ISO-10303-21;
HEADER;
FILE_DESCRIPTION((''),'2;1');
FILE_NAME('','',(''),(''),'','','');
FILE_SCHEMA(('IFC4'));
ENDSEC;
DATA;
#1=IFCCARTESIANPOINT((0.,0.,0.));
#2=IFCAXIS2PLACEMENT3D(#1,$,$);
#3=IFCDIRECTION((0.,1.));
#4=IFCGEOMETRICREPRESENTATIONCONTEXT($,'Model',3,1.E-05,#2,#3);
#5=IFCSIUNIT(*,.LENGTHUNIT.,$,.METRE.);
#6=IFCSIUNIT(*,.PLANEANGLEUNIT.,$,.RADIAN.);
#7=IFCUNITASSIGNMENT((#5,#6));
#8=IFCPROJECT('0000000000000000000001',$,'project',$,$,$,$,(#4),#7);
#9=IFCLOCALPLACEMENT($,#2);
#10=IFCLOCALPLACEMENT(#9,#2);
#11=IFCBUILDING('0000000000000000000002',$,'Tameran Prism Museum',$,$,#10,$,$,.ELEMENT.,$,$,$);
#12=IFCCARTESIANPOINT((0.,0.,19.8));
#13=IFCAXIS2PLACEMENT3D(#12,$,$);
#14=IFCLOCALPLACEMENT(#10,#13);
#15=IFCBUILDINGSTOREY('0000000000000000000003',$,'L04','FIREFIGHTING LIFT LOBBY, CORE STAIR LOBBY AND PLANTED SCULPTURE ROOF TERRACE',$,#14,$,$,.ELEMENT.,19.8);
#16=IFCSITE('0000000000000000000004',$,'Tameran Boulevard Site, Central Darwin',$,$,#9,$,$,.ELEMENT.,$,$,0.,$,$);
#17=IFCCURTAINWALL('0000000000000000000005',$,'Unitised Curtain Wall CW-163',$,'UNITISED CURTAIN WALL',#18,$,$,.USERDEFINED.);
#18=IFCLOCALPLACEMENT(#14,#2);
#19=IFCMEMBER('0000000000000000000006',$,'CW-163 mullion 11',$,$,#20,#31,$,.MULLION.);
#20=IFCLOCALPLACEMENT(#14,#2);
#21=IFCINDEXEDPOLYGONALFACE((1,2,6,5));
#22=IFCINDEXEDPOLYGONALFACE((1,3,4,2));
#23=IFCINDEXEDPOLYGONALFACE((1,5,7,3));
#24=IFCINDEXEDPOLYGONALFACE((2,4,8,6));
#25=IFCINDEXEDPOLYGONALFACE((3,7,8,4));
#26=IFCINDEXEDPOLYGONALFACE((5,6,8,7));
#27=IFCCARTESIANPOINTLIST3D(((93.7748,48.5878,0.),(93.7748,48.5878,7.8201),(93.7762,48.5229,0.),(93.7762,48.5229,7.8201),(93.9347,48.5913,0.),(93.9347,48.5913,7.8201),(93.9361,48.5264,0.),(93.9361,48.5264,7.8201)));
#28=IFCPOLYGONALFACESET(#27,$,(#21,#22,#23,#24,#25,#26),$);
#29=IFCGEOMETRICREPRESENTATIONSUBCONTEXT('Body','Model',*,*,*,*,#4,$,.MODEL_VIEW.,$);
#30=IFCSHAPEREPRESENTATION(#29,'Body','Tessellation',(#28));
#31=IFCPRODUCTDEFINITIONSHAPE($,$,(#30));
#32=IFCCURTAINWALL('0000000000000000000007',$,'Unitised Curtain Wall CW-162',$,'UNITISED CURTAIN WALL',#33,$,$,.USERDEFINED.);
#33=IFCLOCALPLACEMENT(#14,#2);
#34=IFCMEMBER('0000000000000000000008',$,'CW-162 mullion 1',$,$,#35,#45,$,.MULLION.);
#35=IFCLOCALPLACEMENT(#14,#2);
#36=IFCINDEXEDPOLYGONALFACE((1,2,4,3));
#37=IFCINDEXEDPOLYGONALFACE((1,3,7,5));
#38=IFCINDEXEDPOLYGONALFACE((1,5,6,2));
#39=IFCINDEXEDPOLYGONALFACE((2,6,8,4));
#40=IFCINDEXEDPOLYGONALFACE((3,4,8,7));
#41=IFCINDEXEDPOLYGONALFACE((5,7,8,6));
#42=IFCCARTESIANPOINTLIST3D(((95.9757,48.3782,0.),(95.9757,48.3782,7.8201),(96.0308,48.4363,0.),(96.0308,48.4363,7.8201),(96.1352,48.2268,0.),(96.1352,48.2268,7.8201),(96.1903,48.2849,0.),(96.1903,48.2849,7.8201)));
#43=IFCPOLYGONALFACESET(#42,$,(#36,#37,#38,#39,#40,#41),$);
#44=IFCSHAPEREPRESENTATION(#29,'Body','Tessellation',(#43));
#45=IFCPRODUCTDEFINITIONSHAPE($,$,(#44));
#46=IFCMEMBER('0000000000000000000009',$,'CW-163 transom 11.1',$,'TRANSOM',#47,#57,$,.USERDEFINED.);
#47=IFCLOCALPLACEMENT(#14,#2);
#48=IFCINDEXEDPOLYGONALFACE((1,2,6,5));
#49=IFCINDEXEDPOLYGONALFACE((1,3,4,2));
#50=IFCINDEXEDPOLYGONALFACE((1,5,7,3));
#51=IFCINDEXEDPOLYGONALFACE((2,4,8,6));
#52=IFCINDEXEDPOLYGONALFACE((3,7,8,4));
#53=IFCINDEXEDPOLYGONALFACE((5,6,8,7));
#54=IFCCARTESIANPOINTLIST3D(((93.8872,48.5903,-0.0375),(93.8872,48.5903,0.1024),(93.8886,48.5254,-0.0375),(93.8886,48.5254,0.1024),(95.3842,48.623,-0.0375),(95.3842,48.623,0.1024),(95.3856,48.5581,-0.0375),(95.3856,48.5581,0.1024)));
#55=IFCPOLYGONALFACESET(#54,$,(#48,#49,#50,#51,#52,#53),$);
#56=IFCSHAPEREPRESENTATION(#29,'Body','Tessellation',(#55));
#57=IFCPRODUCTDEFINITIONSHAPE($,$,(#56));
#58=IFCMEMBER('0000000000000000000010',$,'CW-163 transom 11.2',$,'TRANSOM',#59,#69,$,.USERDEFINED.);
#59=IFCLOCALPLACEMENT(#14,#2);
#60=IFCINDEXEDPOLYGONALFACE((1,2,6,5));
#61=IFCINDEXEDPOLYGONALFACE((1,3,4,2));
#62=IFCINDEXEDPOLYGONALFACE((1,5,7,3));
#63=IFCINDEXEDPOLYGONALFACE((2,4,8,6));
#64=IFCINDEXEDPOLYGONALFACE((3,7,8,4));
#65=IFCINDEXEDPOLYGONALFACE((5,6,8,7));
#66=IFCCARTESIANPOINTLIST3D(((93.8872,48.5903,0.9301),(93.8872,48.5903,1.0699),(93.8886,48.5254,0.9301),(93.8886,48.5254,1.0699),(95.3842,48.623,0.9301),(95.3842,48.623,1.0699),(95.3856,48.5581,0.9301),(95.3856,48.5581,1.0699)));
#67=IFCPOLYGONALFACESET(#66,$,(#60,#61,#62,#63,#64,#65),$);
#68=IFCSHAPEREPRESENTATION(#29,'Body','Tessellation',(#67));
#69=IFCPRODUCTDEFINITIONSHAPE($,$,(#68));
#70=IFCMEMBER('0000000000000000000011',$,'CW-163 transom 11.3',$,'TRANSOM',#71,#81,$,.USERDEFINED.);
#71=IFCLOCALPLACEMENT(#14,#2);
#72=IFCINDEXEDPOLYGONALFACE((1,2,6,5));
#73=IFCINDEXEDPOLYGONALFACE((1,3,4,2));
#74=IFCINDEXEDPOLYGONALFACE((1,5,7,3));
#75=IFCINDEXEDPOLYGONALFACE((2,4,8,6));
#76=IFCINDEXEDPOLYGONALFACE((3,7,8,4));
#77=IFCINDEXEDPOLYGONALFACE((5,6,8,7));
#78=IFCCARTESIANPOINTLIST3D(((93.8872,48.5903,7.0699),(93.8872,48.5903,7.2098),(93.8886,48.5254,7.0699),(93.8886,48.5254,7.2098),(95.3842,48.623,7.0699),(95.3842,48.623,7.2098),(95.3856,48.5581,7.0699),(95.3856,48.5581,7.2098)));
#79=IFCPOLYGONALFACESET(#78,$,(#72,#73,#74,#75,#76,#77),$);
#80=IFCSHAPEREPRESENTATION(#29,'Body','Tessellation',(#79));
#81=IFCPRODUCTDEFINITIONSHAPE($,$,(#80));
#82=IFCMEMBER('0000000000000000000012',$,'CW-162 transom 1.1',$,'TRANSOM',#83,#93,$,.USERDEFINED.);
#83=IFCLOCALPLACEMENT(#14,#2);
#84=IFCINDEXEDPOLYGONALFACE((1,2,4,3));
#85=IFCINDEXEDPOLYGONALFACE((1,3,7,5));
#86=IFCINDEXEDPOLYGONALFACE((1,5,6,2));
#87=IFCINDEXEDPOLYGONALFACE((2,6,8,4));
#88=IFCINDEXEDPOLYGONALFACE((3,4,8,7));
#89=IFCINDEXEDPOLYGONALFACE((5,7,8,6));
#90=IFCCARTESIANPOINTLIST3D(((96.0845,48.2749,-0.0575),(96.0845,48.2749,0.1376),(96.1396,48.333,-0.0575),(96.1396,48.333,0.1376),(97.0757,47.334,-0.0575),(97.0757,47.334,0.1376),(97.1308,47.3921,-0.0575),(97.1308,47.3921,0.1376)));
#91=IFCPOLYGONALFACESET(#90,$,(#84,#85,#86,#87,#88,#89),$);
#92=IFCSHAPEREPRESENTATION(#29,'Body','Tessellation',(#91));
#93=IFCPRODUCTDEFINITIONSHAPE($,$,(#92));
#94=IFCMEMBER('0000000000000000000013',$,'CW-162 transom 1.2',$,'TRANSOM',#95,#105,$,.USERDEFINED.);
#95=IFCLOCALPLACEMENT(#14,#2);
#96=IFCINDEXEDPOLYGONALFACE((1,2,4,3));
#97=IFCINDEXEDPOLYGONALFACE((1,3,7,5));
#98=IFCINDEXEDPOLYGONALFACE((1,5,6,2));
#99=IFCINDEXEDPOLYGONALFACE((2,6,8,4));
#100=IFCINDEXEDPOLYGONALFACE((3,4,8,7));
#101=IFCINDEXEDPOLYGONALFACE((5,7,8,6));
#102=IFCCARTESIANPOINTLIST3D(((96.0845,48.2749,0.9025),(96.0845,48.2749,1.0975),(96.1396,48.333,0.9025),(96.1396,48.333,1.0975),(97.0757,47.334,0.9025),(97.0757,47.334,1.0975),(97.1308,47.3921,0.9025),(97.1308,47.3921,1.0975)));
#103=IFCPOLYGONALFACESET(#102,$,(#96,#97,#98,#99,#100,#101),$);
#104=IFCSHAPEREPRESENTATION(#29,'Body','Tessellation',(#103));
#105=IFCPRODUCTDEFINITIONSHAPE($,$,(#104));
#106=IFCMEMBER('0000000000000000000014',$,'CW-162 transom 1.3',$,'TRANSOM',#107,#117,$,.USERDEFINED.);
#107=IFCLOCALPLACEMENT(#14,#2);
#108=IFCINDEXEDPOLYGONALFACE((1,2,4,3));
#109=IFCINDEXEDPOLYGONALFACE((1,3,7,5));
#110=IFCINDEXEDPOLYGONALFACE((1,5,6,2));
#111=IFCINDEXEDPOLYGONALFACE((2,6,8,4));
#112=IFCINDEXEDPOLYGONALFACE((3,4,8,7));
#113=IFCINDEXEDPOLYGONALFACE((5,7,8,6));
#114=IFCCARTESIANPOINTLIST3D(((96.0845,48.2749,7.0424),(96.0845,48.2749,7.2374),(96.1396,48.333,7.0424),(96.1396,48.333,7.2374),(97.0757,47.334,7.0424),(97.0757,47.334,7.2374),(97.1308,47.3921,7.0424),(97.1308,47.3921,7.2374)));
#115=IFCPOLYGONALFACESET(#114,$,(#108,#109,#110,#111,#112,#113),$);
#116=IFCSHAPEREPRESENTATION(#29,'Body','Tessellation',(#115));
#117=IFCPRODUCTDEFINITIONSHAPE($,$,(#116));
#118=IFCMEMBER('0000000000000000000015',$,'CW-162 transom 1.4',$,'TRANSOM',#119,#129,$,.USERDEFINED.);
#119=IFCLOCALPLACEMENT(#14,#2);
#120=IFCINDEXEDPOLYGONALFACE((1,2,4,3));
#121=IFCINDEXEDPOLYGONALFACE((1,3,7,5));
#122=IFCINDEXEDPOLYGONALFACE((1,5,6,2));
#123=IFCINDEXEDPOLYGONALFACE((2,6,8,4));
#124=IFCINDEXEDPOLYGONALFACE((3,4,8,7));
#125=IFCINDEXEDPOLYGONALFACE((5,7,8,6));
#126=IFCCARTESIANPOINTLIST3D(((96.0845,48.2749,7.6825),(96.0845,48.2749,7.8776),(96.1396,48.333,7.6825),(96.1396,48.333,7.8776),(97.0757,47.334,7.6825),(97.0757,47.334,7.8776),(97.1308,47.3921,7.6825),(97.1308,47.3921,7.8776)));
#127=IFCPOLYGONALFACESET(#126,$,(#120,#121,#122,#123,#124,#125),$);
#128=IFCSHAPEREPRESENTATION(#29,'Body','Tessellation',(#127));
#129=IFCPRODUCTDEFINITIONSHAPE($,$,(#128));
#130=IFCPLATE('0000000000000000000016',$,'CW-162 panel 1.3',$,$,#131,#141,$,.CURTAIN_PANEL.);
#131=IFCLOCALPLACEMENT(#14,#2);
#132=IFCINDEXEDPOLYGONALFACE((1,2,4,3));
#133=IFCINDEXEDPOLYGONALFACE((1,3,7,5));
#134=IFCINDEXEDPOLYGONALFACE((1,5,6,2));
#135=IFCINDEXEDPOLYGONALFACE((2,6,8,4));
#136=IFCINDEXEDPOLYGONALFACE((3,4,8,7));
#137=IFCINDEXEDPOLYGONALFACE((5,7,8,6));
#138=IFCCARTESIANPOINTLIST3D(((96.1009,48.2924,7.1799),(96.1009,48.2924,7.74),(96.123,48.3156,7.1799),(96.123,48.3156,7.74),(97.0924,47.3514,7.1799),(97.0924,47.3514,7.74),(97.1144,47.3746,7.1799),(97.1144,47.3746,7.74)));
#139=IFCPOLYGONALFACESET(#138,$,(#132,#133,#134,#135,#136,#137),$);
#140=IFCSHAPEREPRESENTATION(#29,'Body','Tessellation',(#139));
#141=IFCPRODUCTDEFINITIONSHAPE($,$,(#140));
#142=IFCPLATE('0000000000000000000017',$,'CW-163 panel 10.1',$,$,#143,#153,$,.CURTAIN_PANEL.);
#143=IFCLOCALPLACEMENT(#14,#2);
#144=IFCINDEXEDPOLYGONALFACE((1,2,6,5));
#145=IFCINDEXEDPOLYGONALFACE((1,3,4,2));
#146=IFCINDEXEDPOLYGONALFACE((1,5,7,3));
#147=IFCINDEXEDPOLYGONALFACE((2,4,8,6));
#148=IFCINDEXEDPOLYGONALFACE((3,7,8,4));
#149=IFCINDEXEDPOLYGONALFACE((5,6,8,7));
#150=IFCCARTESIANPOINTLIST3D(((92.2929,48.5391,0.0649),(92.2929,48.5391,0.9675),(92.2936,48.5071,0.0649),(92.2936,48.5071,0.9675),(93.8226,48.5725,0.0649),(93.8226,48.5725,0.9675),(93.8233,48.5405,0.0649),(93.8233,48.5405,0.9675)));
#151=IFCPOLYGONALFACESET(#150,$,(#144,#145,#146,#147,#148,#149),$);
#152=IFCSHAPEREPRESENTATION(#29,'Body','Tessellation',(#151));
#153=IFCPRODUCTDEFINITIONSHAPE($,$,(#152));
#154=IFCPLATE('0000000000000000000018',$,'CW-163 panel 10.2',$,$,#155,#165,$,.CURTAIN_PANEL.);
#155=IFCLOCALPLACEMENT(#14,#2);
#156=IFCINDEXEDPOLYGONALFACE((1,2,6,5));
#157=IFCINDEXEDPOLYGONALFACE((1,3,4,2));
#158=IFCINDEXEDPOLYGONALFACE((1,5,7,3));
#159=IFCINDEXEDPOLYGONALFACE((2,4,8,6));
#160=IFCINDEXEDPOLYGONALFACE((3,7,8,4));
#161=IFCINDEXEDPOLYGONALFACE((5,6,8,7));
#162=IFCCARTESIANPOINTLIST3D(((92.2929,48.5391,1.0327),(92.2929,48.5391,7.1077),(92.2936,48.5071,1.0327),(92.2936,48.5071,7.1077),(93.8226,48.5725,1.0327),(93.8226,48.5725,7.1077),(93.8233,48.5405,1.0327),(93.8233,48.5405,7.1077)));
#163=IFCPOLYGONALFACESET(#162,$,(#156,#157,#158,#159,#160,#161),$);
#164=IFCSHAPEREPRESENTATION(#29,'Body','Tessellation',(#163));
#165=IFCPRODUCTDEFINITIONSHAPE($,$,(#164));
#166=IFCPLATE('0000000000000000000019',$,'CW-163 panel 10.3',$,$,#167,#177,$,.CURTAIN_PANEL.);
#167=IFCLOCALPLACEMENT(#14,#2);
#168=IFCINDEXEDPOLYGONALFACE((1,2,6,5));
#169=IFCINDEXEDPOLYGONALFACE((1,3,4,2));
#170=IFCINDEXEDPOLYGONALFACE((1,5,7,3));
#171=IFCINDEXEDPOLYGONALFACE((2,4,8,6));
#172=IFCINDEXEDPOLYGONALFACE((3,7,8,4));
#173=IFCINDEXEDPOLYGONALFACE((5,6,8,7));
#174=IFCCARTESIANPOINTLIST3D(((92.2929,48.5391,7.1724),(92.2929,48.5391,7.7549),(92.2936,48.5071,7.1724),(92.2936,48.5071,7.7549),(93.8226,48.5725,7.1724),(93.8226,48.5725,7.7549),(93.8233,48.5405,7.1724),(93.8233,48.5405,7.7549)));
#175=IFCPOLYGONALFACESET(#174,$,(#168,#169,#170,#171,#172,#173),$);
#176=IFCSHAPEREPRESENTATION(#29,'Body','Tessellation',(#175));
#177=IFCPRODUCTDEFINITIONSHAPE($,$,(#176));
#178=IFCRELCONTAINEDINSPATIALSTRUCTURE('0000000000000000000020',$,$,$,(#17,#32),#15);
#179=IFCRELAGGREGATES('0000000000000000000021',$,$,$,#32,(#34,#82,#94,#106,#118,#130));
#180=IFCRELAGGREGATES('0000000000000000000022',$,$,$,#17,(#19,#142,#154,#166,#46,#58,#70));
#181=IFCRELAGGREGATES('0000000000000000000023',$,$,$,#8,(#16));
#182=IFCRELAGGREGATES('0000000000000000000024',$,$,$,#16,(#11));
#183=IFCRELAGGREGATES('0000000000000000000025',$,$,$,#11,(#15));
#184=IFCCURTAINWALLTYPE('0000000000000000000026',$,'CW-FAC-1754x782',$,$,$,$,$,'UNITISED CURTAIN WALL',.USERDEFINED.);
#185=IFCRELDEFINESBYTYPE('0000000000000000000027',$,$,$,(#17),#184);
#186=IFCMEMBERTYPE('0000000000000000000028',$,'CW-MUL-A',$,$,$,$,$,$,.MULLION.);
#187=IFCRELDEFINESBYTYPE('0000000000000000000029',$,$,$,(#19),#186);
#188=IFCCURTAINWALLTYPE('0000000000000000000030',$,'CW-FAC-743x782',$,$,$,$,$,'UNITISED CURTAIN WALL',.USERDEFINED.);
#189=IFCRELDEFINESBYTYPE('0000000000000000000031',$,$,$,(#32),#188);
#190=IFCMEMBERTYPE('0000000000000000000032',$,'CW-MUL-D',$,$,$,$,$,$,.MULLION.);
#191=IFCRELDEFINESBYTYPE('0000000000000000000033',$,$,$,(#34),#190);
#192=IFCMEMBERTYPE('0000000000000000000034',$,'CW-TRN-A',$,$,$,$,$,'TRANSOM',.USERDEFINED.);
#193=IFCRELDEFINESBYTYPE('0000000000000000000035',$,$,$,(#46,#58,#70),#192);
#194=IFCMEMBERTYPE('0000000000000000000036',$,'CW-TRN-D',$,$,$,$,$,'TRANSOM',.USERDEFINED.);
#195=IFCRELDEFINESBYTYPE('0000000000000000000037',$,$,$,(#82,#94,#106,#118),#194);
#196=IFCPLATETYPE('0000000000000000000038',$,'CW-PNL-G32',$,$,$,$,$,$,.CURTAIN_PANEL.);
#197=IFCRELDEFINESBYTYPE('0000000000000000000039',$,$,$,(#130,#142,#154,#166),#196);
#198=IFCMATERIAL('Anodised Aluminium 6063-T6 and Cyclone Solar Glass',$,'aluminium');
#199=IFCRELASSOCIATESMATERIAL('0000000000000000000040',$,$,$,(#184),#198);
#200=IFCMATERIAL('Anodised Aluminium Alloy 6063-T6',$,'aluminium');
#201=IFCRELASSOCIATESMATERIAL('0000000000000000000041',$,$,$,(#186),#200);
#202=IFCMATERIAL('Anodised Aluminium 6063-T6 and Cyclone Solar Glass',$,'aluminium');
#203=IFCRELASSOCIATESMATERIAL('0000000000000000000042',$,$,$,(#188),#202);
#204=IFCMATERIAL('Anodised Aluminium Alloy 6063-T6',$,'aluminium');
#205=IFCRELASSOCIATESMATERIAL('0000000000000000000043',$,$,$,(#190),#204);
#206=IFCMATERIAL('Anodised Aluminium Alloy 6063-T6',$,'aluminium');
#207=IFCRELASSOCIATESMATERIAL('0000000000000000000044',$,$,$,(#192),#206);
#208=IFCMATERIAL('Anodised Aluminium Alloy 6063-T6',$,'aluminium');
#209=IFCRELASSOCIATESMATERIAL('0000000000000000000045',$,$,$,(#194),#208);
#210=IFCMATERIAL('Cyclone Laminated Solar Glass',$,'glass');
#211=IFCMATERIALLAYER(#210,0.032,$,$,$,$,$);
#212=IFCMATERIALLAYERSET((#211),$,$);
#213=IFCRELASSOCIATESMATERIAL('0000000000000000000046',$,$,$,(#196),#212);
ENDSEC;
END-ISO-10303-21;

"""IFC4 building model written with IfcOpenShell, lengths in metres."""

from ifc_helpers import new_model, si_unit, direction, frame, origin, origin_2d, place, context, subcontext, project, spatial, rectangle, extrude, material, layer, layer_set, material_profile, profile_set, type_object, element, aggregate, save


model = new_model("IFC4")

# Units and contexts
model_context = context("Model", 3, precision=1e-05, world=origin(), true_north=direction((0.0, 1.0)))
body_context = subcontext(model_context, "Body", "Model", "MODEL_VIEW")
ifc_project = project(units=[si_unit("LENGTHUNIT", "METRE"), si_unit("PLANEANGLEUNIT", "RADIAN")], contexts=[model_context])

# Site, building, storey
site_placement = place(None, origin())
site = spatial("IfcSite", under=ifc_project, at=site_placement, Name="Tameran Boulevard Site, Central Darwin", CompositionType="ELEMENT", RefElevation=0.0)
building_placement = place(site_placement, origin())
building = spatial("IfcBuilding", under=site, at=building_placement, Name="Tameran Prism Museum", CompositionType="ELEMENT")
storey_placement = place(building_placement, frame((0.0, 0.0, 19.8)))
storey = spatial("IfcBuildingStorey", under=building, at=storey_placement, Name="L04", Description="FIREFIGHTING LIFT LOBBY, CORE STAIR LOBBY AND PLANTED SCULPTURE ROOF TERRACE", CompositionType="ELEMENT", Elevation=19.8)

# Curtain walls, members
ifc_material_1 = material(Name="Anodised Aluminium 6063-T6 and Cyclone Solar Glass", Category="aluminium")
curtain_wall_type_1 = type_object("IfcCurtainWallType", Name="CW-FAC-1754x782", ElementType="UNITISED CURTAIN WALL", PredefinedType="USERDEFINED", material=ifc_material_1)
curtain_wall_1_placement = place(storey_placement, origin())
curtain_wall_1 = element("IfcCurtainWall", 1, at=curtain_wall_1_placement, inside=storey, type_object=curtain_wall_type_1, Name="Unitised Curtain Wall CW-163", ObjectType="UNITISED CURTAIN WALL", PredefinedType="USERDEFINED")
ifc_material_2 = material(Name="Anodised Aluminium Alloy 6063-T6", Category="aluminium")
ifc_material_profile_1 = material_profile(ifc_material_2, rectangle(XDim=0.0649, YDim=0.1599, at=origin_2d()))
ifc_profile_set_1 = profile_set([ifc_material_profile_1])
member_type_1 = type_object("IfcMemberType", Name="CW-MUL-A", PredefinedType="MULLION", material=ifc_profile_set_1)
member_1_placement = place(storey_placement, frame((93.8555, 48.5571, 0.0), z_axis=(0.0, 0.0, 1.0), x_axis=(-0.021831, 0.999762, 0.0)))
member_1 = element("IfcMember", 2, at=member_1_placement, type_object=member_type_1, Name="CW-163 mullion 11", PredefinedType="MULLION", context=body_context, shape_type="SweptSolid", body=[
    extrude(rectangle(XDim=0.0649, YDim=0.1599, at=origin_2d()), origin(), (0.0, 0.0, 1.0), 7.8201),
])
ifc_material_3 = material(Name="Anodised Aluminium 6063-T6 and Cyclone Solar Glass", Category="aluminium")
curtain_wall_type_2 = type_object("IfcCurtainWallType", Name="CW-FAC-743x782", ElementType="UNITISED CURTAIN WALL", PredefinedType="USERDEFINED", material=ifc_material_3)
curtain_wall_2_placement = place(storey_placement, origin())
curtain_wall_2 = element("IfcCurtainWall", 3, at=curtain_wall_2_placement, inside=storey, type_object=curtain_wall_type_2, Name="Unitised Curtain Wall CW-162", ObjectType="UNITISED CURTAIN WALL", PredefinedType="USERDEFINED")
ifc_material_4 = material(Name="Anodised Aluminium Alloy 6063-T6", Category="aluminium")
ifc_material_profile_2 = material_profile(ifc_material_4, rectangle(XDim=0.0801, YDim=0.22, at=origin_2d()))
ifc_profile_set_2 = profile_set([ifc_material_profile_2])
member_type_2 = type_object("IfcMemberType", Name="CW-MUL-D", PredefinedType="MULLION", material=ifc_profile_set_2)
member_2_placement = place(storey_placement, frame((96.083, 48.3315, 0.0), z_axis=(0.0, 0.0, 1.0), x_axis=(0.688438, 0.725295, 0.0)))
member_2 = element("IfcMember", 4, at=member_2_placement, type_object=member_type_2, Name="CW-162 mullion 1", PredefinedType="MULLION", context=body_context, shape_type="SweptSolid", body=[
    extrude(rectangle(XDim=0.0801, YDim=0.22, at=origin_2d()), origin(), (0.0, 0.0, 1.0), 7.8201),
])

# Members
ifc_material_5 = material(Name="Anodised Aluminium Alloy 6063-T6", Category="aluminium")
ifc_material_profile_3 = material_profile(ifc_material_5, rectangle(XDim=0.0649, YDim=0.1399, at=origin_2d()))
ifc_profile_set_3 = profile_set([ifc_material_profile_3])
member_type_3 = type_object("IfcMemberType", Name="CW-TRN-A", ElementType="TRANSOM", PredefinedType="USERDEFINED", material=ifc_profile_set_3)
member_3_placement = place(storey_placement, frame((93.8879, 48.5579, 0.0325), z_axis=(0.999761, 0.021847, 0.0), x_axis=(-0.021847, 0.999761, 0.0)))
member_3 = element("IfcMember", 5, at=member_3_placement, type_object=member_type_3, Name="CW-163 transom 11.1", ObjectType="TRANSOM", PredefinedType="USERDEFINED", context=body_context, shape_type="SweptSolid", body=[
    extrude(rectangle(XDim=0.0649, YDim=0.1399, at=origin_2d()), origin(), (0.0, 0.0, 1.0), 1.4973),
])
member_4_placement = place(storey_placement, frame((93.8879, 48.5579, 1.0), z_axis=(0.999761, 0.021847, 0.0), x_axis=(-0.021847, 0.999761, 0.0)))
member_4 = element("IfcMember", 6, at=member_4_placement, type_object=member_type_3, Name="CW-163 transom 11.2", ObjectType="TRANSOM", PredefinedType="USERDEFINED", context=body_context, shape_type="SweptSolid", body=[
    extrude(rectangle(XDim=0.0649, YDim=0.1399, at=origin_2d()), origin(), (0.0, 0.0, 1.0), 1.4973),
])
member_5_placement = place(storey_placement, frame((93.8879, 48.5579, 7.1399), z_axis=(0.999761, 0.021847, 0.0), x_axis=(-0.021847, 0.999761, 0.0)))
member_5 = element("IfcMember", 7, at=member_5_placement, type_object=member_type_3, Name="CW-163 transom 11.3", ObjectType="TRANSOM", PredefinedType="USERDEFINED", context=body_context, shape_type="SweptSolid", body=[
    extrude(rectangle(XDim=0.0649, YDim=0.1399, at=origin_2d()), origin(), (0.0, 0.0, 1.0), 1.4973),
])
ifc_material_6 = material(Name="Anodised Aluminium Alloy 6063-T6", Category="aluminium")
ifc_material_profile_4 = material_profile(ifc_material_6, rectangle(XDim=0.0801, YDim=0.1951, at=origin_2d()))
ifc_profile_set_4 = profile_set([ifc_material_profile_4])
member_type_4 = type_object("IfcMemberType", Name="CW-TRN-D", ElementType="TRANSOM", PredefinedType="USERDEFINED", material=ifc_profile_set_4)
member_6_placement = place(storey_placement, frame((96.1121, 48.304, 0.04), z_axis=(0.725267, -0.688468, 0.0), x_axis=(0.688468, 0.725267, 0.0)))
member_6 = element("IfcMember", 8, at=member_6_placement, type_object=member_type_4, Name="CW-162 transom 1.1", ObjectType="TRANSOM", PredefinedType="USERDEFINED", context=body_context, shape_type="SweptSolid", body=[
    extrude(rectangle(XDim=0.0801, YDim=0.1951, at=origin_2d()), origin(), (0.0, 0.0, 1.0), 1.3667),
])
member_7_placement = place(storey_placement, frame((96.1121, 48.304, 1.0), z_axis=(0.725267, -0.688468, 0.0), x_axis=(0.688468, 0.725267, 0.0)))
member_7 = element("IfcMember", 9, at=member_7_placement, type_object=member_type_4, Name="CW-162 transom 1.2", ObjectType="TRANSOM", PredefinedType="USERDEFINED", context=body_context, shape_type="SweptSolid", body=[
    extrude(rectangle(XDim=0.0801, YDim=0.1951, at=origin_2d()), origin(), (0.0, 0.0, 1.0), 1.3667),
])
member_8_placement = place(storey_placement, frame((96.1121, 48.304, 7.1399), z_axis=(0.725267, -0.688468, 0.0), x_axis=(0.688468, 0.725267, 0.0)))
member_8 = element("IfcMember", 10, at=member_8_placement, type_object=member_type_4, Name="CW-162 transom 1.3", ObjectType="TRANSOM", PredefinedType="USERDEFINED", context=body_context, shape_type="SweptSolid", body=[
    extrude(rectangle(XDim=0.0801, YDim=0.1951, at=origin_2d()), origin(), (0.0, 0.0, 1.0), 1.3667),
])
member_9_placement = place(storey_placement, frame((96.1121, 48.304, 7.78), z_axis=(0.725267, -0.688468, 0.0), x_axis=(0.688468, 0.725267, 0.0)))
member_9 = element("IfcMember", 11, at=member_9_placement, type_object=member_type_4, Name="CW-162 transom 1.4", ObjectType="TRANSOM", PredefinedType="USERDEFINED", context=body_context, shape_type="SweptSolid", body=[
    extrude(rectangle(XDim=0.0801, YDim=0.1951, at=origin_2d()), origin(), (0.0, 0.0, 1.0), 1.3667),
])

# Plates
ifc_material_7 = material(Name="Cyclone Laminated Solar Glass", Category="glass")
ifc_layer = layer(ifc_material_7, 0.032)
ifc_layer_set = layer_set([ifc_layer])
plate_type = type_object("IfcPlateType", Name="CW-PNL-G32", PredefinedType="CURTAIN_PANEL", material=ifc_layer_set)
plate_1_placement = place(storey_placement, frame((96.6077, 47.8335, 7.1799), z_axis=(0.0, 0.0, 1.0), x_axis=(0.725295, -0.688438, 0.0)))
plate_1 = element("IfcPlate", 12, at=plate_1_placement, type_object=plate_type, Name="CW-162 panel 1.3", PredefinedType="CURTAIN_PANEL", context=body_context, shape_type="SweptSolid", body=[
    extrude(rectangle(XDim=1.3669, YDim=0.032, at=origin_2d()), origin(), (0.0, 0.0, 1.0), 0.5601),
])
aggregate(curtain_wall_2, [member_2, member_6, member_7, member_8, member_9, plate_1])
plate_2_placement = place(storey_placement, frame((93.0581, 48.5398, 0.0649), z_axis=(0.0, 0.0, 1.0), x_axis=(0.999762, 0.021831, 0.0)))
plate_2 = element("IfcPlate", 13, at=plate_2_placement, type_object=plate_type, Name="CW-163 panel 10.1", PredefinedType="CURTAIN_PANEL", context=body_context, shape_type="SweptSolid", body=[
    extrude(rectangle(XDim=1.53, YDim=0.032, at=origin_2d()), origin(), (0.0, 0.0, 1.0), 0.9026),
])
plate_3_placement = place(storey_placement, frame((93.0581, 48.5398, 1.0327), z_axis=(0.0, 0.0, 1.0), x_axis=(0.999762, 0.021831, 0.0)))
plate_3 = element("IfcPlate", 14, at=plate_3_placement, type_object=plate_type, Name="CW-163 panel 10.2", PredefinedType="CURTAIN_PANEL", context=body_context, shape_type="SweptSolid", body=[
    extrude(rectangle(XDim=1.53, YDim=0.032, at=origin_2d()), origin(), (0.0, 0.0, 1.0), 6.075),
])
plate_4_placement = place(storey_placement, frame((93.0581, 48.5398, 7.1724), z_axis=(0.0, 0.0, 1.0), x_axis=(0.999762, 0.021831, 0.0)))
plate_4 = element("IfcPlate", 15, at=plate_4_placement, type_object=plate_type, Name="CW-163 panel 10.3", PredefinedType="CURTAIN_PANEL", context=body_context, shape_type="SweptSolid", body=[
    extrude(rectangle(XDim=1.53, YDim=0.032, at=origin_2d()), origin(), (0.0, 0.0, 1.0), 0.5825),
])
aggregate(curtain_wall_1, [member_1, plate_2, plate_3, plate_4, member_3, member_4, member_5])

save(model, "model.ifc")
